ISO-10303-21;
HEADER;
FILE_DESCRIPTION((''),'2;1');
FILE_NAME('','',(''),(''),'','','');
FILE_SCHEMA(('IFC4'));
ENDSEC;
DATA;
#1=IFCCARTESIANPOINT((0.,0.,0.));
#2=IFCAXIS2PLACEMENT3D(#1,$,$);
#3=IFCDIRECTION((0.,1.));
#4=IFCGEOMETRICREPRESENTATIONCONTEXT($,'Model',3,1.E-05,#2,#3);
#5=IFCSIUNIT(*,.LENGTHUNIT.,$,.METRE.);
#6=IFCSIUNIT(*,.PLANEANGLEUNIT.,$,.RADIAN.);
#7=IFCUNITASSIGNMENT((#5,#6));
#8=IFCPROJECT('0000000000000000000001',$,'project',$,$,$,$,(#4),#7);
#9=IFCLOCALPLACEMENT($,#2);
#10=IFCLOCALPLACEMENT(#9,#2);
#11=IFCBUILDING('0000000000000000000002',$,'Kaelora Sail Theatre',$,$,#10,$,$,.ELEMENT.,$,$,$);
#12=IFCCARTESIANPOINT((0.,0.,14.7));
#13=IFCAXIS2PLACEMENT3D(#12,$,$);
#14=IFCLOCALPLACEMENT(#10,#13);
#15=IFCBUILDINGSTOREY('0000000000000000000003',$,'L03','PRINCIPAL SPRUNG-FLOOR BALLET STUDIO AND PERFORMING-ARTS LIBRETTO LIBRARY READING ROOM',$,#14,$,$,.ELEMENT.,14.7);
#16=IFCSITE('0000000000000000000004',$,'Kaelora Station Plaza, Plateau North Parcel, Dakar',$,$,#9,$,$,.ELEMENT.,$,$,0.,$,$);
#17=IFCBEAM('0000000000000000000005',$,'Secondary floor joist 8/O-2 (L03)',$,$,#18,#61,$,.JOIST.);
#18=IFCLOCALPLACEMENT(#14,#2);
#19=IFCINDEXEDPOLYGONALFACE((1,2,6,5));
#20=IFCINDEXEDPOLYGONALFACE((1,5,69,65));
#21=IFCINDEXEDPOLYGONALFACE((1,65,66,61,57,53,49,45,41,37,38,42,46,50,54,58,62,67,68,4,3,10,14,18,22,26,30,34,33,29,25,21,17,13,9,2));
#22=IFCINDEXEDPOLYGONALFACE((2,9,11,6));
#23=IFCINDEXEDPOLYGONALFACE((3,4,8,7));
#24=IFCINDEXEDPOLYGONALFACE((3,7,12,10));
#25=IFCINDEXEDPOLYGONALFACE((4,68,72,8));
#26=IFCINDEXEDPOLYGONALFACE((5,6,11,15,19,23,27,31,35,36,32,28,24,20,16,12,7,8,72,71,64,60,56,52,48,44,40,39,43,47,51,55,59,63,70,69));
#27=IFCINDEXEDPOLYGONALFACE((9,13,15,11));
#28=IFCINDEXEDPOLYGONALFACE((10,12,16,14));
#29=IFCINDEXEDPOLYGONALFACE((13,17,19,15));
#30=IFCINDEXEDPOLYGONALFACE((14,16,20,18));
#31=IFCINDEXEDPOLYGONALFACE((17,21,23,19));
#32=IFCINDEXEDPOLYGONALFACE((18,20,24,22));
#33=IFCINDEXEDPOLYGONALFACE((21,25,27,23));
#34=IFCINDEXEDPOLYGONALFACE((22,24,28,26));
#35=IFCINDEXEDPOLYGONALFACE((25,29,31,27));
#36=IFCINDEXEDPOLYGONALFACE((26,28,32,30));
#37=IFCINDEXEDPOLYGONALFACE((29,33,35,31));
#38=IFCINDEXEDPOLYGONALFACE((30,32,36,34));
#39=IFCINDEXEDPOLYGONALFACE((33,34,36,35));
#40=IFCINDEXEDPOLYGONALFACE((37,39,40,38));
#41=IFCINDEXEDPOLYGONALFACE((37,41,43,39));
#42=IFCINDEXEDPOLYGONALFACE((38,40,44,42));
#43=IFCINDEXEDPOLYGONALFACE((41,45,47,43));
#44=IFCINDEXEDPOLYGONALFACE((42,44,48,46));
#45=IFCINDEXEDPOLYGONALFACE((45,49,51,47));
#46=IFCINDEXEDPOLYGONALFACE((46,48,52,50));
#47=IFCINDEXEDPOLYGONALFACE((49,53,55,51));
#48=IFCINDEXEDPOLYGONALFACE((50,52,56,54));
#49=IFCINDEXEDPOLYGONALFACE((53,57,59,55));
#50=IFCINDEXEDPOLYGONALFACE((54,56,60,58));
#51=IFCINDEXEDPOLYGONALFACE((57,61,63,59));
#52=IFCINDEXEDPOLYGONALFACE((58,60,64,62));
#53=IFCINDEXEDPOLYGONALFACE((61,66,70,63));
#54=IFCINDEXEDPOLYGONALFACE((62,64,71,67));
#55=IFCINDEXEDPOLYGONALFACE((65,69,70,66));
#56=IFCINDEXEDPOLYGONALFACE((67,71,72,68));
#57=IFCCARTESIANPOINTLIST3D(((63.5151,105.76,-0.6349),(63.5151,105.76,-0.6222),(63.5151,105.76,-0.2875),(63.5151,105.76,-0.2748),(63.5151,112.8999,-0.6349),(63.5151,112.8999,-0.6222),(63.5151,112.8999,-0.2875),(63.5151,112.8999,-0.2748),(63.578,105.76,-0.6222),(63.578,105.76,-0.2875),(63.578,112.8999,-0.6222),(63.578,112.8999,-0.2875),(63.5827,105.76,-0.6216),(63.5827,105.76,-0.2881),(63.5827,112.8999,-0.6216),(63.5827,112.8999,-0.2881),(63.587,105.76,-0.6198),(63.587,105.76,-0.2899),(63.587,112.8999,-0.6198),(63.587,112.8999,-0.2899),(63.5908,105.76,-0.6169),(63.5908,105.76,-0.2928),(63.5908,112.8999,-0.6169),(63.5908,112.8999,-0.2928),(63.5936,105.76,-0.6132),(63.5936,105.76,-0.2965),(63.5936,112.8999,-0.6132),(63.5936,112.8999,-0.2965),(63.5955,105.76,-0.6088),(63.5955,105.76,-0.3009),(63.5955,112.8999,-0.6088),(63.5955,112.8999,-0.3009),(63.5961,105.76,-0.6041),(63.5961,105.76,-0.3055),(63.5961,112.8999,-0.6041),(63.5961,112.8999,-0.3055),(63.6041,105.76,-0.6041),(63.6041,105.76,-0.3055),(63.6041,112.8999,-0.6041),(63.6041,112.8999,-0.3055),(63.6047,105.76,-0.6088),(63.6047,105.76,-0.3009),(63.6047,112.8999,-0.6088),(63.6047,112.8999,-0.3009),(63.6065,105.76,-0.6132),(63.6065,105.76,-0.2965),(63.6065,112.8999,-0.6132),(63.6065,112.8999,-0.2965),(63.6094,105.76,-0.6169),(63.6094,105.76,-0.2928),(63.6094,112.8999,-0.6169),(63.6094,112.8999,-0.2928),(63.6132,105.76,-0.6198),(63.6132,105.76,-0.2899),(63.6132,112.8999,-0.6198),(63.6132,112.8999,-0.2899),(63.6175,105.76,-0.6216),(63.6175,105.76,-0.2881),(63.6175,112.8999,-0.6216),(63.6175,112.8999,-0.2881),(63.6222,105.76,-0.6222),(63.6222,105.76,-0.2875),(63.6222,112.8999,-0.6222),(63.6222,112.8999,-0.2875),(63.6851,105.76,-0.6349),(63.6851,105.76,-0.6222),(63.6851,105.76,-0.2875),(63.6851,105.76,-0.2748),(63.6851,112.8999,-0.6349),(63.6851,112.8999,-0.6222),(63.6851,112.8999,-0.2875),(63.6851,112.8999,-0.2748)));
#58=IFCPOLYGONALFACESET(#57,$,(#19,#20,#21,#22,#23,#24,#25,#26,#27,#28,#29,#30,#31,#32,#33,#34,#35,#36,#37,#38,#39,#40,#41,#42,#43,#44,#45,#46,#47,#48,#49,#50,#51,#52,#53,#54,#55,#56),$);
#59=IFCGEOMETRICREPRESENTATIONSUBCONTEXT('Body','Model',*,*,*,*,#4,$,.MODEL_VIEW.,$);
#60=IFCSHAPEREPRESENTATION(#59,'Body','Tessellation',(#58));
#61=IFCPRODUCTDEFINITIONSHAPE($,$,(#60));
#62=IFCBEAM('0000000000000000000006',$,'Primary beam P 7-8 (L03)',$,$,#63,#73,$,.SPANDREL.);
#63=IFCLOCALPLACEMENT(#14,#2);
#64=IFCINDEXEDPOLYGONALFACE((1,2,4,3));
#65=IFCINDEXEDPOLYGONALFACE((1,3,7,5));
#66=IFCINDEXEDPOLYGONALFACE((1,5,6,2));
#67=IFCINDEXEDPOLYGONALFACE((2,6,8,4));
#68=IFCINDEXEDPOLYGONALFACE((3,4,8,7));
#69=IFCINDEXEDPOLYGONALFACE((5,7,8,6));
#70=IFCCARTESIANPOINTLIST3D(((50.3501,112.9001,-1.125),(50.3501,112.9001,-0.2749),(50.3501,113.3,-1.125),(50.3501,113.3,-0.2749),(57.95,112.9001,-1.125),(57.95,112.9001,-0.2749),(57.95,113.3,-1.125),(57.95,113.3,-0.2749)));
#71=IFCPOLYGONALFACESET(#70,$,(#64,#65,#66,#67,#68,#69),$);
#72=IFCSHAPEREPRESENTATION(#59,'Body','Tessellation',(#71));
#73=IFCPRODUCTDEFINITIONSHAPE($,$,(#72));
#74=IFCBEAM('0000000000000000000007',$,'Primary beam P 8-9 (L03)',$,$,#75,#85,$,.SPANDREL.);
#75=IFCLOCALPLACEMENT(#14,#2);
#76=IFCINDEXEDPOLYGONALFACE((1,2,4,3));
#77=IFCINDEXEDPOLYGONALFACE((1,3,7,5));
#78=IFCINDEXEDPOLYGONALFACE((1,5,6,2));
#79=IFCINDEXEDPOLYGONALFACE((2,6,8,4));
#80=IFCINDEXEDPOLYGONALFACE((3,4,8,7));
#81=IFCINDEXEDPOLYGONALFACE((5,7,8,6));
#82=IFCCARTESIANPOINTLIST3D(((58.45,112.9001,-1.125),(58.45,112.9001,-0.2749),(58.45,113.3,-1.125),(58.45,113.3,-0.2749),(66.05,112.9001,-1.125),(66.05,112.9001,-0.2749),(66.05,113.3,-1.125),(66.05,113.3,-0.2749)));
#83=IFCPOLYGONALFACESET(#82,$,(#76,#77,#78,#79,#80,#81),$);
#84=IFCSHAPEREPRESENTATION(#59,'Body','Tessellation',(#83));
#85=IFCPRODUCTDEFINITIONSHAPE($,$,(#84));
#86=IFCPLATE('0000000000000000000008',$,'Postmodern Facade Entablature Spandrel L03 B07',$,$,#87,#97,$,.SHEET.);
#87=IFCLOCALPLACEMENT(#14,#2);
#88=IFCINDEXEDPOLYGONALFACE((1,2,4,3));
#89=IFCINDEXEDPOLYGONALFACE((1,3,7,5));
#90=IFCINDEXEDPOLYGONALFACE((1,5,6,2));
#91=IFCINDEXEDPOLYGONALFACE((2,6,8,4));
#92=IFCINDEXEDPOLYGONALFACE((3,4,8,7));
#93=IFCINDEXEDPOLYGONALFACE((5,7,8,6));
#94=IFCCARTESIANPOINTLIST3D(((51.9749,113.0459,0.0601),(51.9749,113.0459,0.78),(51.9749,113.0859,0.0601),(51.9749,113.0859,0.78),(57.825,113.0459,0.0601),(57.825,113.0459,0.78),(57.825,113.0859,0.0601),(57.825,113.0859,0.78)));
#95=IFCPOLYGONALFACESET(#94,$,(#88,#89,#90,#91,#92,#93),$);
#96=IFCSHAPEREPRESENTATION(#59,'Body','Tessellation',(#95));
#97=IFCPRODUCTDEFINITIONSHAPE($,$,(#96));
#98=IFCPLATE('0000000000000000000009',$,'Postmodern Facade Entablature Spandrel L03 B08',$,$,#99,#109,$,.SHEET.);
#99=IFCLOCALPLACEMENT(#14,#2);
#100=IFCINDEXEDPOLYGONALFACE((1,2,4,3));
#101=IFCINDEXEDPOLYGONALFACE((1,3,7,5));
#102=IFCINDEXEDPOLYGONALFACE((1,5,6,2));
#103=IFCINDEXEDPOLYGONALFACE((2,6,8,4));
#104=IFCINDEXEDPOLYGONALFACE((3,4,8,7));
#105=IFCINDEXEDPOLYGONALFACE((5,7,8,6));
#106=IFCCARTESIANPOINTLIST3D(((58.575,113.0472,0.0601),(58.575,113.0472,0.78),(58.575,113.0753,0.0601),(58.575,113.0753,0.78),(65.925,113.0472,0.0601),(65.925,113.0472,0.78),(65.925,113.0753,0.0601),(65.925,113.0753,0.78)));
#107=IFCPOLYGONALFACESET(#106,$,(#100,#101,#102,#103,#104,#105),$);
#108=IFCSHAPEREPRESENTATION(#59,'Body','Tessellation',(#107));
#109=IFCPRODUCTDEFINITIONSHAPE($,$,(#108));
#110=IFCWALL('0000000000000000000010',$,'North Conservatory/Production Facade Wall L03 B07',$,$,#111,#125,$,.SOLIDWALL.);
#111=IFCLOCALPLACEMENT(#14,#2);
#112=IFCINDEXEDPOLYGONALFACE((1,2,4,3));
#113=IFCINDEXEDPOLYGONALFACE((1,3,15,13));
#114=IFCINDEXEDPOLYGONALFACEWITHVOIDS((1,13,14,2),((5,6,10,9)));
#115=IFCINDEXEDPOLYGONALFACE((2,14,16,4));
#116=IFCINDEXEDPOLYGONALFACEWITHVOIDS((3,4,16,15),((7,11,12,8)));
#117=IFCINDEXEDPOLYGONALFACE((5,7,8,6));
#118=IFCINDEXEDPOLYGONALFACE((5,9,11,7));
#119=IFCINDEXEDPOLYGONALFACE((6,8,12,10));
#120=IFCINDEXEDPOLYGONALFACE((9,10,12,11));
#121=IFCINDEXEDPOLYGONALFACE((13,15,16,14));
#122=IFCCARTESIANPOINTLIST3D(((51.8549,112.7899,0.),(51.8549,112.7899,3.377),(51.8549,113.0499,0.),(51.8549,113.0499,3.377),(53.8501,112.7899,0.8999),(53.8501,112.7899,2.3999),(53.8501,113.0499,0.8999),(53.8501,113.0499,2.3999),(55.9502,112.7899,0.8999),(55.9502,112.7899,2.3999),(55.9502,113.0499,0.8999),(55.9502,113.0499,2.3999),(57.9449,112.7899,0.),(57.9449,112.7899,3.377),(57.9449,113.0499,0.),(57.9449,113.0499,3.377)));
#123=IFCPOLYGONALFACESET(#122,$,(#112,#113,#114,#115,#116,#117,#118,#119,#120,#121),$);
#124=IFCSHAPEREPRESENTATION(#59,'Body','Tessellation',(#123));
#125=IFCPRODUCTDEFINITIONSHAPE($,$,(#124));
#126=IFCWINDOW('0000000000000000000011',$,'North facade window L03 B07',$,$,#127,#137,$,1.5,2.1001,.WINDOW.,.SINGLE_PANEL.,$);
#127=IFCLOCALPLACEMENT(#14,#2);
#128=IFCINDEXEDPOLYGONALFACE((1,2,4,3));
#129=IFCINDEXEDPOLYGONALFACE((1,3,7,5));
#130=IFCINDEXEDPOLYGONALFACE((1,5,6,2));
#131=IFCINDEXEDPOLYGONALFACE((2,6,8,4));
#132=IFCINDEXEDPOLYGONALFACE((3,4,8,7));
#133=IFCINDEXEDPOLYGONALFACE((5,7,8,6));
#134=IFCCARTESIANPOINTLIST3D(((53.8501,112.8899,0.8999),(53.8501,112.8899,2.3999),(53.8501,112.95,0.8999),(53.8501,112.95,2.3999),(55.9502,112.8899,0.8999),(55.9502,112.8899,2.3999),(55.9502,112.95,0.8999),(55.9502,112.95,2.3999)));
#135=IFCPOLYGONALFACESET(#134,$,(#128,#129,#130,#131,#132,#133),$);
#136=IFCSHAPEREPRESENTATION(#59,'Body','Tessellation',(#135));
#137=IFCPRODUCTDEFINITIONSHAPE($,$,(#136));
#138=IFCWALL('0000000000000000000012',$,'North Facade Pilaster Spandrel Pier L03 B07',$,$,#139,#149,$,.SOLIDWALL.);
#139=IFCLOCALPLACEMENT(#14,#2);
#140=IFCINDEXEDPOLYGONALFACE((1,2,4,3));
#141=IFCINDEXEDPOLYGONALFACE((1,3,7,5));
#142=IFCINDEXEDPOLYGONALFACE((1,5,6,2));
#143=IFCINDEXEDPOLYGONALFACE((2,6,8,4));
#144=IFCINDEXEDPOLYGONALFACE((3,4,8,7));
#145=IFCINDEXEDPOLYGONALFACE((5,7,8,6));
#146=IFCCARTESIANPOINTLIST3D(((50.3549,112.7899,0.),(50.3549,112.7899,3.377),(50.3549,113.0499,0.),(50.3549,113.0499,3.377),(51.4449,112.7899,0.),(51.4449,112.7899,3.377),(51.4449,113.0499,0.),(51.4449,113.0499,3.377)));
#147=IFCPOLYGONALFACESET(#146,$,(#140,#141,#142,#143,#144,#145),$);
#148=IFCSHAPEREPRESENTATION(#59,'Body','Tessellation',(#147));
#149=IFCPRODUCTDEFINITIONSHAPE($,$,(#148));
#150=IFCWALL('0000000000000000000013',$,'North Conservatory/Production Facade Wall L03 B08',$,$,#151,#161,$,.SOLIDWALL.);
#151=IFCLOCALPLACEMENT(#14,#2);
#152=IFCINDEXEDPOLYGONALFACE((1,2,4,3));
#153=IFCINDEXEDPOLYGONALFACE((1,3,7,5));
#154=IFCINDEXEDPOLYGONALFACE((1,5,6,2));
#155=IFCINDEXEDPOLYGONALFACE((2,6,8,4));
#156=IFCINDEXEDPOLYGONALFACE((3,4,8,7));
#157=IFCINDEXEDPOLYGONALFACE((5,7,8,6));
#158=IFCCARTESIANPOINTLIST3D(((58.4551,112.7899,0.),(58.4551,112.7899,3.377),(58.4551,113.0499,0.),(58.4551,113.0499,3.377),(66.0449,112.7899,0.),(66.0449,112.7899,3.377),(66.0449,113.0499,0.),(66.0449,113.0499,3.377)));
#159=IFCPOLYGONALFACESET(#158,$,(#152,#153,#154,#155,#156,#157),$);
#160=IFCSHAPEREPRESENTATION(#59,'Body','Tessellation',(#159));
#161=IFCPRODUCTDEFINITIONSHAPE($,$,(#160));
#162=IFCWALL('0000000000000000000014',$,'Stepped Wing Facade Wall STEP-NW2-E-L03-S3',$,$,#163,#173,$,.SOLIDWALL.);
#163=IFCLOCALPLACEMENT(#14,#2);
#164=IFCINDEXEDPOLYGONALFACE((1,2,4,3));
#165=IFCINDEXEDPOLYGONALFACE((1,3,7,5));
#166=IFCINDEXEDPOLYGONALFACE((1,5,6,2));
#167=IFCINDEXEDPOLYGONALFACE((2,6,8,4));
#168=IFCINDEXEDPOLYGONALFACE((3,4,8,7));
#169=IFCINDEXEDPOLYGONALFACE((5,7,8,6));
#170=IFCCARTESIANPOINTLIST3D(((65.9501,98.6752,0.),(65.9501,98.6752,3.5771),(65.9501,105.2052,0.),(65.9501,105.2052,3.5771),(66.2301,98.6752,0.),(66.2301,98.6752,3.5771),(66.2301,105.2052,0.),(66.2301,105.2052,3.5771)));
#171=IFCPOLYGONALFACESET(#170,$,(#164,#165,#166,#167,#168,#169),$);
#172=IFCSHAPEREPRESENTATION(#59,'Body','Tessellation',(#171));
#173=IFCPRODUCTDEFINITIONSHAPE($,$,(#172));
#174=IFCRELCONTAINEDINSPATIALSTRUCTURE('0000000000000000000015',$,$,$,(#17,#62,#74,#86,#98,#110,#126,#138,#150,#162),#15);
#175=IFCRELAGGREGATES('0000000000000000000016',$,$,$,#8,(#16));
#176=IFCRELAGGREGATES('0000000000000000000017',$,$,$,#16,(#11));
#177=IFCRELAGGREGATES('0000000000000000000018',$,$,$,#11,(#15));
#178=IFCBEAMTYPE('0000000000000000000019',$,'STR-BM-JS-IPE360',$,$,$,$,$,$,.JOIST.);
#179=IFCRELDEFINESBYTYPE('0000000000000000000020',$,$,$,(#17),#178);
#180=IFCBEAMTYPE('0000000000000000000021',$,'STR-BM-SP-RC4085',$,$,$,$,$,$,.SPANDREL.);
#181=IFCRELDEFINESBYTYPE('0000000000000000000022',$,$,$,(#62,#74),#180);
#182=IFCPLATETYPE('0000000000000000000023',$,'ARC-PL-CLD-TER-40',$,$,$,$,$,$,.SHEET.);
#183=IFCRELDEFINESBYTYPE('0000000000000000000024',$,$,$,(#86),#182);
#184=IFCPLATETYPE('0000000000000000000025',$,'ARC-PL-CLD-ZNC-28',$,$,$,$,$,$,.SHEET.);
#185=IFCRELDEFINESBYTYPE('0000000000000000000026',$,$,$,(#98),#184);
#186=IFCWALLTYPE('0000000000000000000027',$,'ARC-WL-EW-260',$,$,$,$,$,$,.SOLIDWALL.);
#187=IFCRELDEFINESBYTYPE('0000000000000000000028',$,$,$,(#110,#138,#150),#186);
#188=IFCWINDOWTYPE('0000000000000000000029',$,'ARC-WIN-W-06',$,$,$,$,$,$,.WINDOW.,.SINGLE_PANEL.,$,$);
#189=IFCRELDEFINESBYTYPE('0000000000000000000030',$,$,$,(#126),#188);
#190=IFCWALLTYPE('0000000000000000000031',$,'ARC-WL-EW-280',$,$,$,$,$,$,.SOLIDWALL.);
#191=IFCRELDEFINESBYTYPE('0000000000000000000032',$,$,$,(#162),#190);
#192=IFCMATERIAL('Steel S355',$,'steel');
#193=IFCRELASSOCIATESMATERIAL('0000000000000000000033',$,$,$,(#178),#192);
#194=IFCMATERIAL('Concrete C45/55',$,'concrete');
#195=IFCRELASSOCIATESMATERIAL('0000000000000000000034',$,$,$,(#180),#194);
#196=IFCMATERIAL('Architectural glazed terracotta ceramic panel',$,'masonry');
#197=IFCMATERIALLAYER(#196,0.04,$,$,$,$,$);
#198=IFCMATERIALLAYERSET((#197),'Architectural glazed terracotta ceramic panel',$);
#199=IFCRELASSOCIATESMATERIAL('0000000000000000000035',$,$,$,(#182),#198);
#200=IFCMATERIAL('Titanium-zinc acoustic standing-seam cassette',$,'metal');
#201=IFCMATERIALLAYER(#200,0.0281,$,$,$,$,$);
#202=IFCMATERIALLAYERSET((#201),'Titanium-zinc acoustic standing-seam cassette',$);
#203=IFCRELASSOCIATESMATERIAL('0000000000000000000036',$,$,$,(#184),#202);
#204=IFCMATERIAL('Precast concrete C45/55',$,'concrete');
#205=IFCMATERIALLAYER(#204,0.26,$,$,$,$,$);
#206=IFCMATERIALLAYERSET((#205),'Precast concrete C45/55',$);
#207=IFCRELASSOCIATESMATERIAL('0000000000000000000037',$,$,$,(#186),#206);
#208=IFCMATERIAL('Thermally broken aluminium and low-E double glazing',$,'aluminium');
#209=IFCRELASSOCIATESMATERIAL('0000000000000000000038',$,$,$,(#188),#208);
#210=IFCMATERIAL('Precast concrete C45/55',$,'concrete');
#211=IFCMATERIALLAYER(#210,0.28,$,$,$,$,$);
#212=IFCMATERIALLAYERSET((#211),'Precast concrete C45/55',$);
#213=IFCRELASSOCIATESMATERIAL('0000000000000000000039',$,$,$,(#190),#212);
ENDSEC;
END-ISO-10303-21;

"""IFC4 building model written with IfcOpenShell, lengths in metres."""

from ifc_helpers import new_model, si_unit, direction, frame, frame_2d, origin, origin_2d, place, context, subcontext, project, spatial, rectangle, i_section, extrude, material, layer, layer_set, material_profile, profile_set, type_object, element, fill, save


model = new_model("IFC4")

# Units and contexts
model_context = context("Model", 3, precision=1e-05, world=origin(), true_north=direction((0.0, 1.0)))
body_context = subcontext(model_context, "Body", "Model", "MODEL_VIEW")
ifc_project = project(units=[si_unit("LENGTHUNIT", "METRE"), si_unit("PLANEANGLEUNIT", "RADIAN")], contexts=[model_context])

# Site, building, storey
site_placement = place(None, origin())
site = spatial("IfcSite", under=ifc_project, at=site_placement, Name="Kaelora Station Plaza, Plateau North Parcel, Dakar", CompositionType="ELEMENT", RefElevation=0.0)
building_placement = place(site_placement, origin())
building = spatial("IfcBuilding", under=site, at=building_placement, Name="Kaelora Sail Theatre", CompositionType="ELEMENT")
storey_placement = place(building_placement, frame((0.0, 0.0, 14.7)))
storey = spatial("IfcBuildingStorey", under=building, at=storey_placement, Name="L03", Description="PRINCIPAL SPRUNG-FLOOR BALLET STUDIO AND PERFORMING-ARTS LIBRETTO LIBRARY READING ROOM", CompositionType="ELEMENT", Elevation=14.7)

# Beams
ifc_material_1 = material(Name="Steel S355", Category="steel")
ifc_material_profile_1 = material_profile(ifc_material_1, i_section(OverallWidth=0.1699, OverallDepth=0.3601, WebThickness=0.0081, FlangeThickness=0.0127, FilletRadius=0.0181, at=origin_2d()), Name="IPE 360")
ifc_profile_set_1 = profile_set([ifc_material_profile_1], Name="Steel S355")
beam_type_1 = type_object("IfcBeamType", Name="STR-BM-JS-IPE360", PredefinedType="JOIST", material=ifc_profile_set_1)
beam_1_placement = place(storey_placement, frame((63.6001, 105.76, -0.4548), z_axis=(0.0, 1.0, 0.0), x_axis=(-1.0, 0.0, 0.0)))
element("IfcBeam", 1, at=beam_1_placement, inside=storey, type_object=beam_type_1, Name="Secondary floor joist 8/O-2 (L03)", PredefinedType="JOIST", context=body_context, shape_type="SweptSolid", body=[
    extrude(i_section(OverallWidth=0.1699, OverallDepth=0.3601, WebThickness=0.0081, FlangeThickness=0.0127, FilletRadius=0.0181, at=origin_2d()), origin(), (0.0, 0.0, 1.0), 7.1399),
])
ifc_material_2 = material(Name="Concrete C45/55", Category="concrete")
ifc_material_profile_2 = material_profile(ifc_material_2, rectangle(XDim=0.3999, YDim=0.8501, at=origin_2d()), Name="RC-SPN 400x850")
ifc_profile_set_2 = profile_set([ifc_material_profile_2], Name="Concrete C45/55")
beam_type_2 = type_object("IfcBeamType", Name="STR-BM-SP-RC4085", PredefinedType="SPANDREL", material=ifc_profile_set_2)
beam_2_placement = place(storey_placement, frame((50.3501, 113.1001, -0.7), z_axis=(1.0, 0.0, 0.0), x_axis=(0.0, 1.0, 0.0)))
element("IfcBeam", 2, at=beam_2_placement, inside=storey, type_object=beam_type_2, Name="Primary beam P 7-8 (L03)", PredefinedType="SPANDREL", context=body_context, shape_type="SweptSolid", body=[
    extrude(rectangle(XDim=0.3999, YDim=0.8501, at=origin_2d()), origin(), (0.0, 0.0, 1.0), 7.5999),
])
beam_3_placement = place(storey_placement, frame((58.45, 113.1001, -0.7), z_axis=(1.0, 0.0, 0.0), x_axis=(0.0, 1.0, 0.0)))
element("IfcBeam", 3, at=beam_3_placement, inside=storey, type_object=beam_type_2, Name="Primary beam P 8-9 (L03)", PredefinedType="SPANDREL", context=body_context, shape_type="SweptSolid", body=[
    extrude(rectangle(XDim=0.3999, YDim=0.8501, at=origin_2d()), origin(), (0.0, 0.0, 1.0), 7.6001),
])

# Plates
ifc_material_3 = material(Name="Architectural glazed terracotta ceramic panel", Category="masonry")
ifc_layer_1 = layer(ifc_material_3, 0.04)
ifc_layer_set_1 = layer_set([ifc_layer_1], Name="Architectural glazed terracotta ceramic panel")
plate_type_1 = type_object("IfcPlateType", Name="ARC-PL-CLD-TER-40", PredefinedType="SHEET", material=ifc_layer_set_1)
plate_1_placement = place(storey_placement, frame((54.8999, 113.0659, 0.0601), z_axis=(0.0, 0.0, 1.0), x_axis=(1.0, 0.0, 0.0)))
element("IfcPlate", 4, at=plate_1_placement, inside=storey, type_object=plate_type_1, Name="Postmodern Facade Entablature Spandrel L03 B07", PredefinedType="SHEET", context=body_context, shape_type="SweptSolid", body=[
    extrude(rectangle(XDim=5.8501, YDim=0.04, at=origin_2d()), origin(), (0.0, 0.0, 1.0), 0.72),
])
ifc_material_4 = material(Name="Titanium-zinc acoustic standing-seam cassette", Category="metal")
ifc_layer_2 = layer(ifc_material_4, 0.0281)
ifc_layer_set_2 = layer_set([ifc_layer_2], Name="Titanium-zinc acoustic standing-seam cassette")
plate_type_2 = type_object("IfcPlateType", Name="ARC-PL-CLD-ZNC-28", PredefinedType="SHEET", material=ifc_layer_set_2)
plate_2_placement = place(storey_placement, frame((62.25, 113.0613, 0.0601), z_axis=(0.0, 0.0, 1.0), x_axis=(1.0, 0.0, 0.0)))
element("IfcPlate", 5, at=plate_2_placement, inside=storey, type_object=plate_type_2, Name="Postmodern Facade Entablature Spandrel L03 B08", PredefinedType="SHEET", context=body_context, shape_type="SweptSolid", body=[
    extrude(rectangle(XDim=7.3501, YDim=0.0281, at=origin_2d()), origin(), (0.0, 0.0, 1.0), 0.72),
])

# Wall, opening, window
ifc_material_5 = material(Name="Precast concrete C45/55", Category="concrete")
ifc_layer_3 = layer(ifc_material_5, 0.26)
ifc_layer_set_3 = layer_set([ifc_layer_3], Name="Precast concrete C45/55")
wall_type_1 = type_object("IfcWallType", Name="ARC-WL-EW-260", PredefinedType="SOLIDWALL", material=ifc_layer_set_3)
wall_1_placement = place(storey_placement, frame((51.855, 112.9199, 0.0), z_axis=(0.0, 0.0, 1.0), x_axis=(1.0, 0.0, 0.0)))
wall_1 = element("IfcWall", 6, at=wall_1_placement, inside=storey, type_object=wall_type_1, Name="North Conservatory/Production Facade Wall L03 B07", PredefinedType="SOLIDWALL", context=body_context, shape_type="SweptSolid", body=[
    extrude(rectangle(XDim=6.0901, YDim=0.26, at=frame_2d((3.0449, 0.0))), origin(), (0.0, 0.0, 1.0), 3.377),
])
opening_1_placement = place(wall_1_placement, frame((1.9951, 0.0, 0.8999)))
opening_1 = element("IfcOpeningElement", 7, at=opening_1_placement, cuts=wall_1, PredefinedType="OPENING", context=body_context, shape_type="SweptSolid", body=[
    extrude(rectangle(XDim=2.1001, YDim=1.5, at=frame_2d((1.05, 0.75))), frame((0.0, 0.1399, 0.0), z_axis=(0.0, -1.0, 0.0), x_axis=(1.0, 0.0, 0.0)), (0.0, 0.0, 1.0), 0.28),
])
ifc_material_6 = material(Name="Thermally broken aluminium and low-E double glazing", Category="aluminium")
window_type_1 = type_object("IfcWindowType", Name="ARC-WIN-W-06", PartitioningType="SINGLE_PANEL", PredefinedType="WINDOW", material=ifc_material_6)
window_1_placement = place(opening_1_placement, origin())
window_1 = element("IfcWindow", 8, at=window_1_placement, inside=storey, type_object=window_type_1, Name="North facade window L03 B07", OverallHeight=1.5, OverallWidth=2.1001, PartitioningType="SINGLE_PANEL", PredefinedType="WINDOW", context=body_context, shape_type="SweptSolid", body=[
    extrude(rectangle(XDim=2.1001, YDim=1.5, at=frame_2d((1.05, 0.75))), frame((0.0, 0.03, 0.0), z_axis=(0.0, -1.0, 0.0), x_axis=(1.0, 0.0, 0.0)), (0.0, 0.0, 1.0), 0.0601),
])
fill(opening_1, window_1)

# Walls
wall_2_placement = place(storey_placement, frame((50.355, 112.9199, 0.0), z_axis=(0.0, 0.0, 1.0), x_axis=(1.0, 0.0, 0.0)))
element("IfcWall", 9, at=wall_2_placement, inside=storey, type_object=wall_type_1, Name="North Facade Pilaster Spandrel Pier L03 B07", PredefinedType="SOLIDWALL", context=body_context, shape_type="SweptSolid", body=[
    extrude(rectangle(XDim=1.0901, YDim=0.26, at=frame_2d((0.5449, 0.0))), origin(), (0.0, 0.0, 1.0), 3.377),
])
wall_3_placement = place(storey_placement, frame((58.4551, 112.9199, 0.0), z_axis=(0.0, 0.0, 1.0), x_axis=(1.0, 0.0, 0.0)))
element("IfcWall", 10, at=wall_3_placement, inside=storey, type_object=wall_type_1, Name="North Conservatory/Production Facade Wall L03 B08", PredefinedType="SOLIDWALL", context=body_context, shape_type="SweptSolid", body=[
    extrude(rectangle(XDim=7.5898, YDim=0.26, at=frame_2d((3.7949, 0.0))), origin(), (0.0, 0.0, 1.0), 3.377),
])
ifc_material_7 = material(Name="Precast concrete C45/55", Category="concrete")
ifc_layer_4 = layer(ifc_material_7, 0.28)
ifc_layer_set_4 = layer_set([ifc_layer_4], Name="Precast concrete C45/55")
wall_type_2 = type_object("IfcWallType", Name="ARC-WL-EW-280", PredefinedType="SOLIDWALL", material=ifc_layer_set_4)
wall_4_placement = place(storey_placement, frame((66.0901, 98.675, 0.0), z_axis=(0.0, 0.0, 1.0), x_axis=(0.0, 1.0, 0.0)))
element("IfcWall", 11, at=wall_4_placement, inside=storey, type_object=wall_type_2, Name="Stepped Wing Facade Wall STEP-NW2-E-L03-S3", PredefinedType="SOLIDWALL", context=body_context, shape_type="SweptSolid", body=[
    extrude(rectangle(XDim=6.53, YDim=0.28, at=frame_2d((3.2651, 0.0))), origin(), (0.0, 0.0, 1.0), 3.5771),
])

save(model, "model.ifc")
